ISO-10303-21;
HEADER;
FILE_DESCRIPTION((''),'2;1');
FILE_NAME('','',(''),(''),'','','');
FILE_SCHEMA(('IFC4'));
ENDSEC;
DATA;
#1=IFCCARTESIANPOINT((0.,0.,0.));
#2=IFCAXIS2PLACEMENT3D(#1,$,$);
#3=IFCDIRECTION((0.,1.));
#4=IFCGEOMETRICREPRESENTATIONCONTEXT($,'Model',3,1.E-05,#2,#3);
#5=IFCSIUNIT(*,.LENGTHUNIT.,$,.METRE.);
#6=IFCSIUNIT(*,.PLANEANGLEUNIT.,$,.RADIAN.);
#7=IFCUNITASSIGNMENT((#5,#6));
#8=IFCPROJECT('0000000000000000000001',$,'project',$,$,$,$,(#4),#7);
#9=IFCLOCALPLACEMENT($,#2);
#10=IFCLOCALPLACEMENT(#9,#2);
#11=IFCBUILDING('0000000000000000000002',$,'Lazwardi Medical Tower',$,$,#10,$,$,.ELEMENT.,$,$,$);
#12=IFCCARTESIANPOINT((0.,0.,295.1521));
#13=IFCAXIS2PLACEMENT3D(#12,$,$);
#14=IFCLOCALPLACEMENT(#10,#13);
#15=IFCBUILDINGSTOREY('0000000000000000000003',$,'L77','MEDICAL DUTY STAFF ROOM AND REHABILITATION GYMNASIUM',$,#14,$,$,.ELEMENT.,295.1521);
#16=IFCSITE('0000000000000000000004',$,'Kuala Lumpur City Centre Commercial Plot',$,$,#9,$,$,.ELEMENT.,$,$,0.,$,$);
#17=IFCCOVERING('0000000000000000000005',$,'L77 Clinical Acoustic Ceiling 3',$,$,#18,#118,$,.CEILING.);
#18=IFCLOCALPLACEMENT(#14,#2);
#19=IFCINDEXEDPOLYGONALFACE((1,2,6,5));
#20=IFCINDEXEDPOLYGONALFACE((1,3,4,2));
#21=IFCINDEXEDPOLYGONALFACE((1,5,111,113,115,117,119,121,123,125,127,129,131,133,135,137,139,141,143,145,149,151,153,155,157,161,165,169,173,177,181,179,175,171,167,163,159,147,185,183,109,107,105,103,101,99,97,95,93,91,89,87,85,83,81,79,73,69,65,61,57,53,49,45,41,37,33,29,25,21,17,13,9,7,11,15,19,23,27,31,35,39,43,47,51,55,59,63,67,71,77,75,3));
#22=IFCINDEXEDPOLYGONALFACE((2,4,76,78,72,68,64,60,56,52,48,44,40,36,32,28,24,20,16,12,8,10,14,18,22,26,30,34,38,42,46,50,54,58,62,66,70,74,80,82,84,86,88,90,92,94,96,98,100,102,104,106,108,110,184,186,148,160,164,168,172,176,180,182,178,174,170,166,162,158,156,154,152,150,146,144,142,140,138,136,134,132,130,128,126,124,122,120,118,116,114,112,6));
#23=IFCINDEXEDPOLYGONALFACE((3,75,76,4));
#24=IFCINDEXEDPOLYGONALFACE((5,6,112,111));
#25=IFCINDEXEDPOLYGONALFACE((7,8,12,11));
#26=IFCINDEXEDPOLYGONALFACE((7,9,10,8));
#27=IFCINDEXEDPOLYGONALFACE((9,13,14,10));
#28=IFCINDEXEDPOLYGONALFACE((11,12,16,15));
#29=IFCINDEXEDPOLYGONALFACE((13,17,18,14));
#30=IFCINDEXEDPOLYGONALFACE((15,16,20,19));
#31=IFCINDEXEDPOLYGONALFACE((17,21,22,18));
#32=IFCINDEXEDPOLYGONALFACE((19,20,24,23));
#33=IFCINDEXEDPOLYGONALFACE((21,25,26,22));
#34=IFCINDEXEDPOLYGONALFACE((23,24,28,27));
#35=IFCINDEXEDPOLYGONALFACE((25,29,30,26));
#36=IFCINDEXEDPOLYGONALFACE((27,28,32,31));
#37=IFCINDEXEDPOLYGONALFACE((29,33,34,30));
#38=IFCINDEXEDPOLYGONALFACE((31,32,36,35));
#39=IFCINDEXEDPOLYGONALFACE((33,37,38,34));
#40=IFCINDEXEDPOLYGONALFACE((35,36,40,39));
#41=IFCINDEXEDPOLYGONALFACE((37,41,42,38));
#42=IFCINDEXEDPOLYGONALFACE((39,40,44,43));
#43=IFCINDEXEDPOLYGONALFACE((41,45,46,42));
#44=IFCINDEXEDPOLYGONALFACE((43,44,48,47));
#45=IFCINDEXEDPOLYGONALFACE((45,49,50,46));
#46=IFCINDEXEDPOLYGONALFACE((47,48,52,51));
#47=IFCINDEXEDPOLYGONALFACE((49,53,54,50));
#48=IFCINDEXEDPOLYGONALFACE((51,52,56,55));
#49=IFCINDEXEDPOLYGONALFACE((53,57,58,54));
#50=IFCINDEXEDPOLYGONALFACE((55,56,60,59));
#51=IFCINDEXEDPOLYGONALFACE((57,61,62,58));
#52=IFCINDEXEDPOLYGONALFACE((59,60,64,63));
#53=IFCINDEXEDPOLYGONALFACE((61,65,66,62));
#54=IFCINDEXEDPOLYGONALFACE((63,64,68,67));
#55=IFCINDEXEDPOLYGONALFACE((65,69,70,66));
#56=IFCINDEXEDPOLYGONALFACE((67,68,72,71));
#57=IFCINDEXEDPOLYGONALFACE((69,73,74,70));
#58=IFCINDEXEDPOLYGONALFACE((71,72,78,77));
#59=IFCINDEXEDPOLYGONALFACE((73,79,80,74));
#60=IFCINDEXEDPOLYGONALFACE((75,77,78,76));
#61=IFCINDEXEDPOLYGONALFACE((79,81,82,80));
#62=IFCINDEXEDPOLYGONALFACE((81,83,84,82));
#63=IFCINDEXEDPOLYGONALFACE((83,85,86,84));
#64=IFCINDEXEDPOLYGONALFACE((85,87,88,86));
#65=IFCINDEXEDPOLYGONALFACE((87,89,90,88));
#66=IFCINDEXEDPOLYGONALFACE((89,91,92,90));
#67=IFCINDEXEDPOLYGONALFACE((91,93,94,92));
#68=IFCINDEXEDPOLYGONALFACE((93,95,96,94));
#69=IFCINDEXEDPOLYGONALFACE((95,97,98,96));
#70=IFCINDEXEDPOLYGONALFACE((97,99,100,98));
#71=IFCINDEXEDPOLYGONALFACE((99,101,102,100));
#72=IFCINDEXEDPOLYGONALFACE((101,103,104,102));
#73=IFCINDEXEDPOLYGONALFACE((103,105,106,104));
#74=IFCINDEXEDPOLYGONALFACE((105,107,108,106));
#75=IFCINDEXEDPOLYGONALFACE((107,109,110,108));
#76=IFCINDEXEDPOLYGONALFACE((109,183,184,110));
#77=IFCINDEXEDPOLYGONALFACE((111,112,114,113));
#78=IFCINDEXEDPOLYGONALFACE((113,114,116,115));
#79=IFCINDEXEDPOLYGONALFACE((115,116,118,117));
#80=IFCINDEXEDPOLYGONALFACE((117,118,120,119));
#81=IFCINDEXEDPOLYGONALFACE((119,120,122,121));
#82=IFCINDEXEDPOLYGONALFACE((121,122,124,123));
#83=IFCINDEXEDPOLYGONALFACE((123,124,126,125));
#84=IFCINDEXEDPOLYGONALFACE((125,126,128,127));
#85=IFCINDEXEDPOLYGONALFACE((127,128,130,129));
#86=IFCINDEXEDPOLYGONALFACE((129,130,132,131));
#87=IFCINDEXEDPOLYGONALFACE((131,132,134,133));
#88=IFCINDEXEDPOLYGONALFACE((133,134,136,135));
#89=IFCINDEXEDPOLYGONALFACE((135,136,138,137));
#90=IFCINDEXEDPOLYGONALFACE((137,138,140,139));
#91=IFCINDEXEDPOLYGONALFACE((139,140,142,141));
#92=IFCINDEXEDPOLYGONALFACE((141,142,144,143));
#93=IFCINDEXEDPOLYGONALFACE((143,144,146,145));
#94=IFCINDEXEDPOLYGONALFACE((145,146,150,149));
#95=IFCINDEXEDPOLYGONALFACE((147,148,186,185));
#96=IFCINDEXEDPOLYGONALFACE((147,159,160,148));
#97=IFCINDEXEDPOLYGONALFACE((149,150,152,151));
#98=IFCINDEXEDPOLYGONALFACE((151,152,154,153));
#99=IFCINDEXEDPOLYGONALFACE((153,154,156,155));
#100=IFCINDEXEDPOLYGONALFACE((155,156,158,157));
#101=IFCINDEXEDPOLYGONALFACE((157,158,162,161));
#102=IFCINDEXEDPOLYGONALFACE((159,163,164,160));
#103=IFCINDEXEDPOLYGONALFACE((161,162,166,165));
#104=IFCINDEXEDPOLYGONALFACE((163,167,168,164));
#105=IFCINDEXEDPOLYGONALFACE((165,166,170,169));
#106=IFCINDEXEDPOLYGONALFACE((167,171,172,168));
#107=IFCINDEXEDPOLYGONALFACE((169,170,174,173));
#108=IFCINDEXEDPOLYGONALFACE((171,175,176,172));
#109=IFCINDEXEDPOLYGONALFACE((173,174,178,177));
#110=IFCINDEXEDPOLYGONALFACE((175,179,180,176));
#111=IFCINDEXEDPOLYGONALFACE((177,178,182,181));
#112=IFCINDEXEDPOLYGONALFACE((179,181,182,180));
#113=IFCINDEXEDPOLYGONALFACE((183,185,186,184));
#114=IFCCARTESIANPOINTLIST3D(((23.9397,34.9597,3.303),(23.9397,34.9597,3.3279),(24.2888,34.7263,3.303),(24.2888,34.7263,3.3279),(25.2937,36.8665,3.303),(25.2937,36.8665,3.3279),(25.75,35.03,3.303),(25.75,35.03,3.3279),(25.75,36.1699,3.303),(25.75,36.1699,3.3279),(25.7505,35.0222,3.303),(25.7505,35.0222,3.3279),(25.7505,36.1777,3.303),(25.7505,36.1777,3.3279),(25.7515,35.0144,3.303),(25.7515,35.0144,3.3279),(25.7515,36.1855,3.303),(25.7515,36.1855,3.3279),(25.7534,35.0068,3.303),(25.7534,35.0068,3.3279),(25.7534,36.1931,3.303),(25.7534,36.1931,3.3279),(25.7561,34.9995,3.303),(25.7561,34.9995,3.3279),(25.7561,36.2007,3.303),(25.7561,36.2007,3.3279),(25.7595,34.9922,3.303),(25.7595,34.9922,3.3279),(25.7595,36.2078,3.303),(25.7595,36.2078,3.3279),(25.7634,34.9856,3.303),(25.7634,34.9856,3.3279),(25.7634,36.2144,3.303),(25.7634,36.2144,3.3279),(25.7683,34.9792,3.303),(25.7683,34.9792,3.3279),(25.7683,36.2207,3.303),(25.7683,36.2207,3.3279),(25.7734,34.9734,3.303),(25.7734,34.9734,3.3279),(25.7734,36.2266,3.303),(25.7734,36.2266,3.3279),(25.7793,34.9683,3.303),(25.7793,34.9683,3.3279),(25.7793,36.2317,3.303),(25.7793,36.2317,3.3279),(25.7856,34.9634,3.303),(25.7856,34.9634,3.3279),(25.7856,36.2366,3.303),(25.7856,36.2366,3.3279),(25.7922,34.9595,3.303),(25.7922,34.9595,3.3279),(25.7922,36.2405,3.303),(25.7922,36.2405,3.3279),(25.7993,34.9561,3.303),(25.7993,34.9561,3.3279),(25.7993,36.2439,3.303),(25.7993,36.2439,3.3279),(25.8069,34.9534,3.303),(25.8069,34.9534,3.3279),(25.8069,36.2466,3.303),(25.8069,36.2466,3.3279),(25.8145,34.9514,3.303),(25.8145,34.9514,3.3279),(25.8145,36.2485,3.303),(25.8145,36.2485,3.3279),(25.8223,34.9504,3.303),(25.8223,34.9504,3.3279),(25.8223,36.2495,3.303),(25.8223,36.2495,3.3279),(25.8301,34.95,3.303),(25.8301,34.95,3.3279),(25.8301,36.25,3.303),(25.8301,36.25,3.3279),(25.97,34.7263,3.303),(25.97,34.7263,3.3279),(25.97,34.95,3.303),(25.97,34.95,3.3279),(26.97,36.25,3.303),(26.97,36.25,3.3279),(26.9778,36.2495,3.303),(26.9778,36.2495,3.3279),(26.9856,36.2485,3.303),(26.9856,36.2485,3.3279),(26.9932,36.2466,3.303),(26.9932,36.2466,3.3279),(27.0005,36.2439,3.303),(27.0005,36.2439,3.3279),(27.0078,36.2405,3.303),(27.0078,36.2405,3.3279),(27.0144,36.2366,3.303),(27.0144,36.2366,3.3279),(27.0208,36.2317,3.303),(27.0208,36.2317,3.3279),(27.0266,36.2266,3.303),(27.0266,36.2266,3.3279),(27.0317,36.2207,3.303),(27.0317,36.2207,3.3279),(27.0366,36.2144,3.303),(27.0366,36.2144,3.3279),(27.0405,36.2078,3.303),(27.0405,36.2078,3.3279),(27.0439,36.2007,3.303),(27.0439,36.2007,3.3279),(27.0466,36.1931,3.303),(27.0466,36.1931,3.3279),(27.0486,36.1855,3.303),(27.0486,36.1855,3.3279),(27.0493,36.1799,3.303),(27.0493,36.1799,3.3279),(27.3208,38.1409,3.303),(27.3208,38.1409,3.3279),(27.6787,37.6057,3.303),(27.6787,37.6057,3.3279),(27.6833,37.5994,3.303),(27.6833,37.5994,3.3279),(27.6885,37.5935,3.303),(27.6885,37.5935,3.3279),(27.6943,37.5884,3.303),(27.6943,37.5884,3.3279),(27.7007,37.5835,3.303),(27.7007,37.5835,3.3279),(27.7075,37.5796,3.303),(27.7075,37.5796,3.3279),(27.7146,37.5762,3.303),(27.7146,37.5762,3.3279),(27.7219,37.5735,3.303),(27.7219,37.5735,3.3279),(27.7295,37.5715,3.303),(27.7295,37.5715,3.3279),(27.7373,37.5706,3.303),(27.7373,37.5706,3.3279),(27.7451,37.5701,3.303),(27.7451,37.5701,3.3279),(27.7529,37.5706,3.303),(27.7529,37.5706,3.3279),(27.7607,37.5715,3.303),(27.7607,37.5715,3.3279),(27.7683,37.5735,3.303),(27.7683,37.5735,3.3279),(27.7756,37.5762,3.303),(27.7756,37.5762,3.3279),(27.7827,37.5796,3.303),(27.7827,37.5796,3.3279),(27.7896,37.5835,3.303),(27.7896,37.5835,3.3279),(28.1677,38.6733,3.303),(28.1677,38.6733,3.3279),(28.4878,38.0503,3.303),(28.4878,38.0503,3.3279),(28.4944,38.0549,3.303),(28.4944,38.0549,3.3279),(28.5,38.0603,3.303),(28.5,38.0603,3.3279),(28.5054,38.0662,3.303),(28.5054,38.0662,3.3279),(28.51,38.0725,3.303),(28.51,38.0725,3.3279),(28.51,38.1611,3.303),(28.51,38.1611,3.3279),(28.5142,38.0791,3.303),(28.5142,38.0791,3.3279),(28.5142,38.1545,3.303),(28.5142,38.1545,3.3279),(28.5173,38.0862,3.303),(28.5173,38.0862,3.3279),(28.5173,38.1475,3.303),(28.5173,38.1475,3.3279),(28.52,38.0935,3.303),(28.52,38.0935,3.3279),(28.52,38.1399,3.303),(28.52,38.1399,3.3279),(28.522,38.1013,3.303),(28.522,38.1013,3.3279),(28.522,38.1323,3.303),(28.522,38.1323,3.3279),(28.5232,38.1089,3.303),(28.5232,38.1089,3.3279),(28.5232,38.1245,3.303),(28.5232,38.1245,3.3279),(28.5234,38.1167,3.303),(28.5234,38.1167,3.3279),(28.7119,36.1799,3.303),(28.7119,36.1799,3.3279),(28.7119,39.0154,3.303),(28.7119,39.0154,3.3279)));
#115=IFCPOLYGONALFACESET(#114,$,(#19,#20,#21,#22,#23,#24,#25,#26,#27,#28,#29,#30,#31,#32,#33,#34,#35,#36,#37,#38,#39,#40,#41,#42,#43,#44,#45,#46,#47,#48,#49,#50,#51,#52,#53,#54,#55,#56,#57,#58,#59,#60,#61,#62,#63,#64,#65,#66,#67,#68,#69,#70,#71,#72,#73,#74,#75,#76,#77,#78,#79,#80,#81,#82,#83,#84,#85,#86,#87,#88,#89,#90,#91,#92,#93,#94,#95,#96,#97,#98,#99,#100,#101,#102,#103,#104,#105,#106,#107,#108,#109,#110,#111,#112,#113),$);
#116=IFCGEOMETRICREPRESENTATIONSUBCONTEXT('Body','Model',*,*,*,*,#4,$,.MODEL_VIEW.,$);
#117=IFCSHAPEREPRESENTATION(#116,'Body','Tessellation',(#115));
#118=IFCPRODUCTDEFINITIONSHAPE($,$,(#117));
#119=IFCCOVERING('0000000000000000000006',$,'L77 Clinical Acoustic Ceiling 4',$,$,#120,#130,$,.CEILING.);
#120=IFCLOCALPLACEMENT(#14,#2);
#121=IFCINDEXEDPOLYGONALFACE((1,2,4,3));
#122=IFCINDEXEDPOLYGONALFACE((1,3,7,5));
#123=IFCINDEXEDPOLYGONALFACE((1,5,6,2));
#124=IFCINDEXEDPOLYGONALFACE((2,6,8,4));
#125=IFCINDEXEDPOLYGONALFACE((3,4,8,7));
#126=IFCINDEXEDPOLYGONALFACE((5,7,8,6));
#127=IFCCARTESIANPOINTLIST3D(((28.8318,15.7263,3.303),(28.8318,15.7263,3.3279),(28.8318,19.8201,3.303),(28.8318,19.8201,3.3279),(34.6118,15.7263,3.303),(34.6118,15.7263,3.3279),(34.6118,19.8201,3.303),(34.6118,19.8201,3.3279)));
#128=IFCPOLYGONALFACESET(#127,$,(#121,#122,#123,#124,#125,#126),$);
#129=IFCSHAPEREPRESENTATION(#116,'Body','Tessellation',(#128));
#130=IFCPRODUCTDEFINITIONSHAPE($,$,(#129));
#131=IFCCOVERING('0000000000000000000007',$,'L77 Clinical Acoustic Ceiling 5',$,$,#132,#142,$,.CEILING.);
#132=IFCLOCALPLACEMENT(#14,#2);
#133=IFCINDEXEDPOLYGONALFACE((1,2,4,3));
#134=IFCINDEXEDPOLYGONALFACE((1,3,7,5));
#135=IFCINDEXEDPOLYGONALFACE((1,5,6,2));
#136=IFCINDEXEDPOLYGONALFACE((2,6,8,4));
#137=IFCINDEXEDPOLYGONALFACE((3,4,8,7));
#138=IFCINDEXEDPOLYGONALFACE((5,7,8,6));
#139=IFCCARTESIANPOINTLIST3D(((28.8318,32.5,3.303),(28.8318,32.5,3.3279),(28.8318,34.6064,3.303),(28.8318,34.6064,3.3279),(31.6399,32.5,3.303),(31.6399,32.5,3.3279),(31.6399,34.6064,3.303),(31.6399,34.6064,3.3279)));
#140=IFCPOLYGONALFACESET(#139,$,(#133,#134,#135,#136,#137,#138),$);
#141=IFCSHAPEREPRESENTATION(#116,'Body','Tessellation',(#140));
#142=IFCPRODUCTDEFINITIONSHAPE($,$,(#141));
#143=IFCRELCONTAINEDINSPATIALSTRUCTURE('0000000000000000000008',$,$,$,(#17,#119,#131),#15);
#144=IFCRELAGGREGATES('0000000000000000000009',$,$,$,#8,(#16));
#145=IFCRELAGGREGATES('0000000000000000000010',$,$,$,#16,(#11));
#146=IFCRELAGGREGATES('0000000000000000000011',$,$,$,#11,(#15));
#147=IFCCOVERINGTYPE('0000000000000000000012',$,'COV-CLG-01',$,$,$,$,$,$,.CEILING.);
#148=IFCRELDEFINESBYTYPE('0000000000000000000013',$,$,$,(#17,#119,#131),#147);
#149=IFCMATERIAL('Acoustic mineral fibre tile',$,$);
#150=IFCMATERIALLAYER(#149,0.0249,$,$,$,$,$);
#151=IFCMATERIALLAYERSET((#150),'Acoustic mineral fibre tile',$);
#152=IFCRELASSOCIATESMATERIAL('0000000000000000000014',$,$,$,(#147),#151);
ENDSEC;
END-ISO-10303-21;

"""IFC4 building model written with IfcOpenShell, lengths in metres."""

from ifc_helpers import new_model, si_unit, direction, frame, origin, place, context, subcontext, project, spatial, polyline, outline, extrude, material, layer, layer_set, type_object, element, save


model = new_model("IFC4")

# Units and contexts
model_context = context("Model", 3, precision=1e-05, world=origin(), true_north=direction((0.0, 1.0)))
body_context = subcontext(model_context, "Body", "Model", "MODEL_VIEW")
ifc_project = project(units=[si_unit("LENGTHUNIT", "METRE"), si_unit("PLANEANGLEUNIT", "RADIAN")], contexts=[model_context])

# Site, building, storey
site_placement = place(None, origin())
site = spatial("IfcSite", under=ifc_project, at=site_placement, Name="Kuala Lumpur City Centre Commercial Plot", CompositionType="ELEMENT", RefElevation=0.0)
building_placement = place(site_placement, origin())
building = spatial("IfcBuilding", under=site, at=building_placement, Name="Lazwardi Medical Tower", CompositionType="ELEMENT")
storey_placement = place(building_placement, frame((0.0, 0.0, 295.1521)))
storey = spatial("IfcBuildingStorey", under=building, at=storey_placement, Name="L77", Description="MEDICAL DUTY STAFF ROOM AND REHABILITATION GYMNASIUM", CompositionType="ELEMENT", Elevation=295.1521)

# Coverings
ifc_material_1 = material(Name="Acoustic mineral fibre tile")
ifc_layer_1 = layer(ifc_material_1, 0.0249)
ifc_layer_set_1 = layer_set([ifc_layer_1], Name="Acoustic mineral fibre tile")
covering_type_1 = type_object("IfcCoveringType", Name="COV-CLG-01", PredefinedType="CEILING", material=ifc_layer_set_1)
covering_1_placement = place(storey_placement, frame((0.0, 0.0, 3.303)))
element("IfcCovering", 1, at=covering_1_placement, inside=storey, type_object=covering_type_1, Name="L77 Clinical Acoustic Ceiling 3", PredefinedType="CEILING", context=body_context, shape_type="SweptSolid", body=[
    extrude(outline(polyline([(28.7119, 39.0154), (28.1677, 38.6733), (28.51, 38.1611), (28.5142, 38.1545), (28.5173, 38.1475), (28.52, 38.1399), (28.522, 38.1323), (28.5232, 38.1245), (28.5234, 38.1167), (28.5232, 38.1089), (28.522, 38.1013), (28.52, 38.0935), (28.5173, 38.0862), (28.5142, 38.0791), (28.51, 38.0725), (28.5054, 38.0662), (28.5, 38.0603), (28.4944, 38.0549), (28.4878, 38.0503), (27.7896, 37.5835), (27.7827, 37.5796), (27.7756, 37.5762), (27.7683, 37.5735), (27.7607, 37.5715), (27.7529, 37.5706), (27.7451, 37.5701), (27.7373, 37.5706), (27.7295, 37.5715), (27.7219, 37.5735), (27.7146, 37.5762), (27.7075, 37.5796), (27.7007, 37.5835), (27.6943, 37.5884), (27.6885, 37.5935), (27.6833, 37.5994), (27.6787, 37.6057), (27.3208, 38.1409), (25.2937, 36.8665), (23.9397, 34.9597), (24.2888, 34.7263), (25.97, 34.7263), (25.97, 34.95), (25.8301, 34.95), (25.8223, 34.9504), (25.8145, 34.9514), (25.8069, 34.9534), (25.7993, 34.9561), (25.7922, 34.9595), (25.7856, 34.9634), (25.7793, 34.9683), (25.7734, 34.9734), (25.7683, 34.9792), (25.7634, 34.9856), (25.7595, 34.9922), (25.7561, 34.9995), (25.7534, 35.0068), (25.7515, 35.0144), (25.7505, 35.0222), (25.75, 35.03), (25.75, 36.1699), (25.7505, 36.1777), (25.7515, 36.1855), (25.7534, 36.1931), (25.7561, 36.2007), (25.7595, 36.2078), (25.7634, 36.2144), (25.7683, 36.2207), (25.7734, 36.2266), (25.7793, 36.2317), (25.7856, 36.2366), (25.7922, 36.2405), (25.7993, 36.2439), (25.8069, 36.2466), (25.8145, 36.2485), (25.8223, 36.2495), (25.8301, 36.25), (26.97, 36.25), (26.9778, 36.2495), (26.9856, 36.2485), (26.9932, 36.2466), (27.0005, 36.2439), (27.0078, 36.2405), (27.0144, 36.2366), (27.0208, 36.2317), (27.0266, 36.2266), (27.0317, 36.2207), (27.0366, 36.2144), (27.0405, 36.2078), (27.0439, 36.2007), (27.0466, 36.1931), (27.0486, 36.1855), (27.0493, 36.1799), (28.7119, 36.1799), (28.7119, 39.0154)])), origin(), (0.0, 0.0, 1.0), 0.0249),
])
covering_2_placement = place(storey_placement, frame((0.0, 0.0, 3.303)))
element("IfcCovering", 2, at=covering_2_placement, inside=storey, type_object=covering_type_1, Name="L77 Clinical Acoustic Ceiling 4", PredefinedType="CEILING", context=body_context, shape_type="SweptSolid", body=[
    extrude(outline(polyline([(34.6118, 19.8201), (28.8318, 19.8201), (28.8318, 15.7263), (34.6118, 15.7263), (34.6118, 19.8201)])), origin(), (0.0, 0.0, 1.0), 0.0249),
])
covering_3_placement = place(storey_placement, frame((0.0, 0.0, 3.303)))
element("IfcCovering", 3, at=covering_3_placement, inside=storey, type_object=covering_type_1, Name="L77 Clinical Acoustic Ceiling 5", PredefinedType="CEILING", context=body_context, shape_type="SweptSolid", body=[
    extrude(outline(polyline([(28.8318, 32.5), (31.6399, 32.5), (31.6399, 34.6064), (28.8318, 34.6064), (28.8318, 32.5)])), origin(), (0.0, 0.0, 1.0), 0.0249),
])

save(model, "model.ifc")
